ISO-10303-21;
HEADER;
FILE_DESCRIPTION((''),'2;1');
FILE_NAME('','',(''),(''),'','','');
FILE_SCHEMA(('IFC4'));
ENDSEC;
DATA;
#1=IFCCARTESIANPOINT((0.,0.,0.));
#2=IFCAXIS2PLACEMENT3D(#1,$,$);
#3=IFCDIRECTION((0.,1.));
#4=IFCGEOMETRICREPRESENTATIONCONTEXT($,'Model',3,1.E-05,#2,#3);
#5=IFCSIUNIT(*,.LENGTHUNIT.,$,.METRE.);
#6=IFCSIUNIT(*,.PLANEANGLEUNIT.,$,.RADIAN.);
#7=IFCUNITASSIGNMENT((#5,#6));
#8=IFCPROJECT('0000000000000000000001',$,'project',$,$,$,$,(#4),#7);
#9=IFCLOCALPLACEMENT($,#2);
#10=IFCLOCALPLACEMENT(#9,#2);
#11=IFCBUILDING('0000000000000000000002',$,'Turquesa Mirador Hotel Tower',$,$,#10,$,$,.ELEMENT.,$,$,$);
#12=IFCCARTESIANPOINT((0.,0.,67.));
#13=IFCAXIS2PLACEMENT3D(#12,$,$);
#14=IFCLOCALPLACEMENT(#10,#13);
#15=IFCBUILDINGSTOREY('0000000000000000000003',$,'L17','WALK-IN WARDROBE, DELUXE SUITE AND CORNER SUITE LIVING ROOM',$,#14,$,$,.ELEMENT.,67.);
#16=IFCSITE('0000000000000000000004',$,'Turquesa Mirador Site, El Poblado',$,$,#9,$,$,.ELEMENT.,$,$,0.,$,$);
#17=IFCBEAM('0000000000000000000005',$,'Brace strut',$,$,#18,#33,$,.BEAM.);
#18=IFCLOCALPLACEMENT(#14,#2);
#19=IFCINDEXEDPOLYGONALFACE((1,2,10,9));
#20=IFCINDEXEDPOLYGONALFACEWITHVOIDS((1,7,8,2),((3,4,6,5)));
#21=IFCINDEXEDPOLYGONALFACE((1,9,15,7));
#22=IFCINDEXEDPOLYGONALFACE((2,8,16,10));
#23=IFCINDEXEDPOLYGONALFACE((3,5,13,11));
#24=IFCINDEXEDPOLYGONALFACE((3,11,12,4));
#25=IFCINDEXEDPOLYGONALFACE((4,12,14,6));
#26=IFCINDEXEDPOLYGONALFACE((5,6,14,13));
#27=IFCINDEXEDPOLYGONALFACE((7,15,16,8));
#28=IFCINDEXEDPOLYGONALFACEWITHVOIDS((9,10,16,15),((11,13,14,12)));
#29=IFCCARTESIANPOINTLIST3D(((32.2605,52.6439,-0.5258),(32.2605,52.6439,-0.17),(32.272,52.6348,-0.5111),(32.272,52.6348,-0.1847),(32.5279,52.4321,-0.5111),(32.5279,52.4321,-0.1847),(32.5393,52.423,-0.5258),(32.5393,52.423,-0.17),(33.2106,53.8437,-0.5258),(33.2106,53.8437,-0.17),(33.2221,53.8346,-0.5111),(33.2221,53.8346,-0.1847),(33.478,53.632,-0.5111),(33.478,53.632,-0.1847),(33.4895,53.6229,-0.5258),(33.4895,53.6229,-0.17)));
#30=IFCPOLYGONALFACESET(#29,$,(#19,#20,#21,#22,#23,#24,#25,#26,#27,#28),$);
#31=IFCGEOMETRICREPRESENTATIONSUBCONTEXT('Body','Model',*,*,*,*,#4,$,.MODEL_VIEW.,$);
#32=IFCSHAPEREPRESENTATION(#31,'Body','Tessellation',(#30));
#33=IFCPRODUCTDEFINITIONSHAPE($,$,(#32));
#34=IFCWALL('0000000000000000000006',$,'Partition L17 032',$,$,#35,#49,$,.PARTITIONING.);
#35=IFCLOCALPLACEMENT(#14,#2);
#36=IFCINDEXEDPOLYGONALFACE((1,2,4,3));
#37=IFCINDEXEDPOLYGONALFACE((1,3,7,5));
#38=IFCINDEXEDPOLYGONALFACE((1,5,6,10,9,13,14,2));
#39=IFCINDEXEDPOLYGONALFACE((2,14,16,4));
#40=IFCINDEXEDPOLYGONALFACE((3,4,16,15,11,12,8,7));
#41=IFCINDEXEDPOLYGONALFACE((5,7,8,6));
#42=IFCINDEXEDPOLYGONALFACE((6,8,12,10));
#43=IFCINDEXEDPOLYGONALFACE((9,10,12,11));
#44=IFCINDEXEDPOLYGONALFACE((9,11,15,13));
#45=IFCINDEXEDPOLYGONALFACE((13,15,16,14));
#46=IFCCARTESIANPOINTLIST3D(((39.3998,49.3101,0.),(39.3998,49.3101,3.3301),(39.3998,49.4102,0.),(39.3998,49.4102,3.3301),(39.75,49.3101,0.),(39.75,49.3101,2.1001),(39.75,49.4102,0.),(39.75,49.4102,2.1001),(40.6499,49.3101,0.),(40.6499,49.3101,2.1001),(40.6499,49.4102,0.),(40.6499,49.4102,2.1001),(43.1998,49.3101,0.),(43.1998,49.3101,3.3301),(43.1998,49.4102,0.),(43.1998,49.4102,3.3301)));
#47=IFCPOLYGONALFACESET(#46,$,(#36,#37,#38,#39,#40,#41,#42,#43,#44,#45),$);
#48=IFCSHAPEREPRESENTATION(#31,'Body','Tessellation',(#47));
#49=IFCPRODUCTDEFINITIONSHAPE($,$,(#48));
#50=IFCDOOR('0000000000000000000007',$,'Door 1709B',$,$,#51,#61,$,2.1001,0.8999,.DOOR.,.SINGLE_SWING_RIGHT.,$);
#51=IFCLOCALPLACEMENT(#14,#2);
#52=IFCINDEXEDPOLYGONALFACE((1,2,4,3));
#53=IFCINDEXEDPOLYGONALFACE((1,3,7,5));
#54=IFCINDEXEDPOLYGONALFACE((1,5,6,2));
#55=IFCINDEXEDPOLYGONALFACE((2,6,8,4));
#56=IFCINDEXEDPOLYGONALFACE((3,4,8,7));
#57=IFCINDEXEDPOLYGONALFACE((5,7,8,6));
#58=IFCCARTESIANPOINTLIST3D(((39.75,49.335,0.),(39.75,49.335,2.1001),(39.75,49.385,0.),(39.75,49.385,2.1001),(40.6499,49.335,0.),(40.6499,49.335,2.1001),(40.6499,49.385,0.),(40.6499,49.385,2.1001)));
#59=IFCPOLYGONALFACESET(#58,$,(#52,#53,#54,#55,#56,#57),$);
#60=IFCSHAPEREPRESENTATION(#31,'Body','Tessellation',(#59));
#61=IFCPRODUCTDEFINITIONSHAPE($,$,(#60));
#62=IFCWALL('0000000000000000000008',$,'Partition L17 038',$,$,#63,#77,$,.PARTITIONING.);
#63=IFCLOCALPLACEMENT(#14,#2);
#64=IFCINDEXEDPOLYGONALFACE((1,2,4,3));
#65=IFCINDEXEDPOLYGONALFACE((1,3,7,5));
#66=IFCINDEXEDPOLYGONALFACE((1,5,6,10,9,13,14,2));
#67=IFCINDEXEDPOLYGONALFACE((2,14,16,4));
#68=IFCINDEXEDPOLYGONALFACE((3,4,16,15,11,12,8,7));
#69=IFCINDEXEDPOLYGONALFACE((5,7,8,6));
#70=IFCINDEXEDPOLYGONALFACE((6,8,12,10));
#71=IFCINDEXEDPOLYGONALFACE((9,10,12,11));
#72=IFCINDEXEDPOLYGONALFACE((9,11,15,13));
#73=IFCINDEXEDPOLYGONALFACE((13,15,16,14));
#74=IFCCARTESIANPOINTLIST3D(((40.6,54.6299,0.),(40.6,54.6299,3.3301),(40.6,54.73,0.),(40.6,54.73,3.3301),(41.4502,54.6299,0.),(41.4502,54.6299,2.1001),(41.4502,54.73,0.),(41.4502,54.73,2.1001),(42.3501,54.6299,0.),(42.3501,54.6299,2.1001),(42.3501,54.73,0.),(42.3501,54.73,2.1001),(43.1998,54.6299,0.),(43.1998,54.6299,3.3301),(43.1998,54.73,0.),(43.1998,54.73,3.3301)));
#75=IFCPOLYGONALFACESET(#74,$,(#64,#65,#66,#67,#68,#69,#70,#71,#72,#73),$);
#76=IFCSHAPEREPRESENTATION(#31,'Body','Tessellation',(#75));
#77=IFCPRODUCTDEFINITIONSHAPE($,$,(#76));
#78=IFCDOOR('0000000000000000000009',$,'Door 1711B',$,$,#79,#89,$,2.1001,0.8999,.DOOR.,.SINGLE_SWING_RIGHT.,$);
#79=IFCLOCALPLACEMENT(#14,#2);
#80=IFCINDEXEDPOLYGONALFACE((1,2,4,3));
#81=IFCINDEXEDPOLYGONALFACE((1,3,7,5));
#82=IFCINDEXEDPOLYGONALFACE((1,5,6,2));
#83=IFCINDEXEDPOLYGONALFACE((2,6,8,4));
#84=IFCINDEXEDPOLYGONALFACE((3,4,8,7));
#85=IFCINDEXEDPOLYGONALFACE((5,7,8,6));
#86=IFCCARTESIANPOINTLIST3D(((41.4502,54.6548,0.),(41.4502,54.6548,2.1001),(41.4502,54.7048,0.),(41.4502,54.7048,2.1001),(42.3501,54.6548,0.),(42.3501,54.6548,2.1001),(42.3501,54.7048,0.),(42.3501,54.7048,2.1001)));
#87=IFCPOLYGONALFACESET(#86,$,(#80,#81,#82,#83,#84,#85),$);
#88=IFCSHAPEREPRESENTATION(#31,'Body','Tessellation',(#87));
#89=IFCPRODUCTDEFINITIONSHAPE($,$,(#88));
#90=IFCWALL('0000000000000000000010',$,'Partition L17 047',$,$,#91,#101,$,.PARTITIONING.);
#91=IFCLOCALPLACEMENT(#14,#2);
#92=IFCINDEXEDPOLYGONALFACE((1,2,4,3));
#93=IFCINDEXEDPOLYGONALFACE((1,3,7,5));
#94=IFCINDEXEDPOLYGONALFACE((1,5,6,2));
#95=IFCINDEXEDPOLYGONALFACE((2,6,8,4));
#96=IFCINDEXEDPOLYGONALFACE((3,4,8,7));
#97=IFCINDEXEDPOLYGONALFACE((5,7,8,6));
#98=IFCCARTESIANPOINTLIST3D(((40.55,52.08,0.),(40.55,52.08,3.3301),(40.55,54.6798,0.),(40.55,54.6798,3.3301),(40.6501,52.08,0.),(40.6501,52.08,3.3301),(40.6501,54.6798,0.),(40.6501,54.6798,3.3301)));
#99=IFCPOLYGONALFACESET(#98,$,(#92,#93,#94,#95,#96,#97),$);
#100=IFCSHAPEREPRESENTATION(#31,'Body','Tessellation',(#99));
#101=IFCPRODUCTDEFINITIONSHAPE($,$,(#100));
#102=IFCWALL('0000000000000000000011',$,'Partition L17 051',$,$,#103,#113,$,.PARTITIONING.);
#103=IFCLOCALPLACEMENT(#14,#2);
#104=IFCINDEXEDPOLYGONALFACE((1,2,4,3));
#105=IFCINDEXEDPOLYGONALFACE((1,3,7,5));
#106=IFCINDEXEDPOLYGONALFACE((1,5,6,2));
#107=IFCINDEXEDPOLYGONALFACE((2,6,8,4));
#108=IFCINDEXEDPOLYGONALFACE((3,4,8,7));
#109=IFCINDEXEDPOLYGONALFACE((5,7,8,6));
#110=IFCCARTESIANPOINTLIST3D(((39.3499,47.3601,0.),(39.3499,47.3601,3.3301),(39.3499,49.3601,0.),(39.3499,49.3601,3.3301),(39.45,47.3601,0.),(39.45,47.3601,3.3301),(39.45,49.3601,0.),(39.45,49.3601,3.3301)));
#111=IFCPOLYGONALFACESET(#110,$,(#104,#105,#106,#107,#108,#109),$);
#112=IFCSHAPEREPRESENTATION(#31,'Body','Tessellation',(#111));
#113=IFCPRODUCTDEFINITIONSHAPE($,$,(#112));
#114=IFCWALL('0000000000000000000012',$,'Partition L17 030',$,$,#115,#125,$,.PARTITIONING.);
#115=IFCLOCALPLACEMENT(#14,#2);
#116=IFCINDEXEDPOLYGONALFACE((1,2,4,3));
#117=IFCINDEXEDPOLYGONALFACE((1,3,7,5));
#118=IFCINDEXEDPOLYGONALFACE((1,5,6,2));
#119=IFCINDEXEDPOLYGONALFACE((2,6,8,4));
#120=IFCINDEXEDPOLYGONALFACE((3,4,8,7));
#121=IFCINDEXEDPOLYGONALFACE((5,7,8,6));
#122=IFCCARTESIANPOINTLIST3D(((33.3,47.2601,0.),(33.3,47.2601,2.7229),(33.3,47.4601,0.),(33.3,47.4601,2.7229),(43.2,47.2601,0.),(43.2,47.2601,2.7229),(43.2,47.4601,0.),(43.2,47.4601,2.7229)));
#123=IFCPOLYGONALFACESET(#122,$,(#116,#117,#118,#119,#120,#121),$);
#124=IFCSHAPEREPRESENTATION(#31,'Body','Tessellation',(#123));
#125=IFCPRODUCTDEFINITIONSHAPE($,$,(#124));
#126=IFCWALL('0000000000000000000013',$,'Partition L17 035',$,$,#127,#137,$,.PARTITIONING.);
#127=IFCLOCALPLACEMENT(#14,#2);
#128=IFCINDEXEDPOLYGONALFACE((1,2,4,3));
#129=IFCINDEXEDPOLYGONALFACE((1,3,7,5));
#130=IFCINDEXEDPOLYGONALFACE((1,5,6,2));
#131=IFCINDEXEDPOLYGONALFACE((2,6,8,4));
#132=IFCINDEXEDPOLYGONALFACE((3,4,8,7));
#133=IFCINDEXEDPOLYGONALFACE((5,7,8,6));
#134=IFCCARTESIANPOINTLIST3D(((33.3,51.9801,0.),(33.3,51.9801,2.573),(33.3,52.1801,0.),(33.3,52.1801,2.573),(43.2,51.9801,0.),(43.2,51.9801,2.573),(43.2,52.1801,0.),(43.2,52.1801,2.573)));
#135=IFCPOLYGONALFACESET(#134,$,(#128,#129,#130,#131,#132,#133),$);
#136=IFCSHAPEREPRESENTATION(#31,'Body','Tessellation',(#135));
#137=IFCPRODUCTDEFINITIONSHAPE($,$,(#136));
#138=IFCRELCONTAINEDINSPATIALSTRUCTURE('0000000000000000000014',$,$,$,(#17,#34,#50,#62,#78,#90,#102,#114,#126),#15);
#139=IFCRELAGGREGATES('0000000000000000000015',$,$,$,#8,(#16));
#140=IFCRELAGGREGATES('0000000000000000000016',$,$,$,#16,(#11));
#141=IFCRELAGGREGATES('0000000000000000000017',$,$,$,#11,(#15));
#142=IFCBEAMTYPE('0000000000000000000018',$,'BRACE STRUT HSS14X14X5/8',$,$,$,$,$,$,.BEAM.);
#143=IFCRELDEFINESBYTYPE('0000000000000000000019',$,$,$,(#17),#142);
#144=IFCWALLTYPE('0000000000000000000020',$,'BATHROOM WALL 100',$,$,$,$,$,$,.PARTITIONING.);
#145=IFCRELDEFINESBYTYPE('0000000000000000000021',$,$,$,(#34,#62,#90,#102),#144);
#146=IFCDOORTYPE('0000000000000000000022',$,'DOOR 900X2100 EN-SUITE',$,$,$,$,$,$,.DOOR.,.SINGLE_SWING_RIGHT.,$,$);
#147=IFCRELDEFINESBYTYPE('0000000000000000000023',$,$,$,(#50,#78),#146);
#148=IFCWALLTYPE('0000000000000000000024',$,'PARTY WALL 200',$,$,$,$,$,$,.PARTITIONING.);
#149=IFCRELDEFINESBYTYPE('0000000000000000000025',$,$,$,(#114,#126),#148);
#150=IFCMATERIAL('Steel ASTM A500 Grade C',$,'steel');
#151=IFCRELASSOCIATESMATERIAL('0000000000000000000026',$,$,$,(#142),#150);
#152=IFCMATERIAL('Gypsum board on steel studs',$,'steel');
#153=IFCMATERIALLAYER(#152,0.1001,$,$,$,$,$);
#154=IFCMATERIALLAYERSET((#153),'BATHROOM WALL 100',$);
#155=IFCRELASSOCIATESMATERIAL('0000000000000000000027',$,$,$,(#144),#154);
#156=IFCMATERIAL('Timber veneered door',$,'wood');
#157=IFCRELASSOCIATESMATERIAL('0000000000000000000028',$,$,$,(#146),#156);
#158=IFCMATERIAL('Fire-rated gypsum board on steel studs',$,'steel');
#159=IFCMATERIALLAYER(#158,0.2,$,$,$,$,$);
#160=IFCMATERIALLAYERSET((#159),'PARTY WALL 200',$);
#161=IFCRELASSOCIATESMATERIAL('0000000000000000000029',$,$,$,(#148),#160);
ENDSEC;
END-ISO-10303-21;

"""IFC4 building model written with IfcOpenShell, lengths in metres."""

from ifc_helpers import new_model, si_unit, direction, frame, frame_2d, origin, origin_2d, place, context, subcontext, project, spatial, rectangle, hollow_rectangle, extrude, material, layer, layer_set, material_profile, profile_set, type_object, element, fill, save


model = new_model("IFC4")

# Units and contexts
model_context = context("Model", 3, precision=1e-05, world=origin(), true_north=direction((0.0, 1.0)))
body_context = subcontext(model_context, "Body", "Model", "MODEL_VIEW")
ifc_project = project(units=[si_unit("LENGTHUNIT", "METRE"), si_unit("PLANEANGLEUNIT", "RADIAN")], contexts=[model_context])

# Site, building, storey
site_placement = place(None, origin())
site = spatial("IfcSite", under=ifc_project, at=site_placement, Name="Turquesa Mirador Site, El Poblado", CompositionType="ELEMENT", RefElevation=0.0)
building_placement = place(site_placement, origin())
building = spatial("IfcBuilding", under=site, at=building_placement, Name="Turquesa Mirador Hotel Tower", CompositionType="ELEMENT")
storey_placement = place(building_placement, frame((0.0, 0.0, 67.0)))
storey = spatial("IfcBuildingStorey", under=building, at=storey_placement, Name="L17", Description="WALK-IN WARDROBE, DELUXE SUITE AND CORNER SUITE LIVING ROOM", CompositionType="ELEMENT", Elevation=67.0)

# Beam
ifc_material_1 = material(Name="Steel ASTM A500 Grade C", Category="steel")
ifc_material_profile_1 = material_profile(ifc_material_1, hollow_rectangle(XDim=0.3557, YDim=0.3557, WallThickness=0.0146, at=origin_2d()), Name="HSS14X14X5/8")
ifc_profile_set_1 = profile_set([ifc_material_profile_1], Name="Steel ASTM A500 Grade C")
beam_type_1 = type_object("IfcBeamType", Name="BRACE STRUT HSS14X14X5/8", PredefinedType="BEAM", material=ifc_profile_set_1)
beam_1_placement = place(storey_placement, frame((32.3999, 52.5334, -0.3479), z_axis=(0.620797, 0.783971, 0.0), x_axis=(-0.783971, 0.620797, 0.0)))
element("IfcBeam", 1, at=beam_1_placement, inside=storey, type_object=beam_type_1, Name="Brace strut", PredefinedType="BEAM", context=body_context, shape_type="SweptSolid", body=[
    extrude(hollow_rectangle(XDim=0.3557, YDim=0.3557, WallThickness=0.0146, at=origin_2d()), origin(), (0.0, 0.0, 1.0), 1.5305),
])

# Walls, openings, doors
ifc_material_2 = material(Name="Gypsum board on steel studs", Category="steel")
ifc_layer_1 = layer(ifc_material_2, 0.1001)
ifc_layer_set_1 = layer_set([ifc_layer_1], Name="BATHROOM WALL 100")
wall_type_1 = type_object("IfcWallType", Name="BATHROOM WALL 100", PredefinedType="PARTITIONING", material=ifc_layer_set_1)
wall_1_placement = place(storey_placement, frame((39.3999, 49.3601, 0.0), z_axis=(0.0, 0.0, 1.0), x_axis=(1.0, 0.0, 0.0)))
wall_1 = element("IfcWall", 2, at=wall_1_placement, inside=storey, type_object=wall_type_1, Name="Partition L17 032", PredefinedType="PARTITIONING", context=body_context, shape_type="SweptSolid", body=[
    extrude(rectangle(XDim=3.8, YDim=0.1001, at=frame_2d((1.8999, 0.0))), origin(), (0.0, 0.0, 1.0), 3.3301),
])
opening_1_placement = place(wall_1_placement, frame((0.3501, 0.0, 0.0)))
opening_1 = element("IfcOpeningElement", 3, at=opening_1_placement, cuts=wall_1, PredefinedType="OPENING", context=body_context, shape_type="SweptSolid", body=[
    extrude(rectangle(XDim=0.8999, YDim=2.1001, at=frame_2d((0.45, 1.05))), frame((0.0, 0.0601, 0.0), z_axis=(0.0, -1.0, 0.0), x_axis=(1.0, 0.0, 0.0)), (0.0, 0.0, 1.0), 0.1201),
])
ifc_material_3 = material(Name="Timber veneered door", Category="wood")
door_type = type_object("IfcDoorType", Name="DOOR 900X2100 EN-SUITE", OperationType="SINGLE_SWING_RIGHT", PredefinedType="DOOR", material=ifc_material_3)
door_1_placement = place(opening_1_placement, origin())
door_1 = element("IfcDoor", 4, at=door_1_placement, inside=storey, type_object=door_type, Name="Door 1709B", OperationType="SINGLE_SWING_RIGHT", OverallHeight=2.1001, OverallWidth=0.8999, PredefinedType="DOOR", context=body_context, shape_type="SweptSolid", body=[
    extrude(rectangle(XDim=0.8999, YDim=2.1001, at=frame_2d((0.45, 1.05))), frame((0.0, 0.0249, 0.0), z_axis=(0.0, -1.0, 0.0), x_axis=(1.0, 0.0, 0.0)), (0.0, 0.0, 1.0), 0.05),
])
fill(opening_1, door_1)
wall_2_placement = place(storey_placement, frame((40.6001, 54.6799, 0.0), z_axis=(0.0, 0.0, 1.0), x_axis=(1.0, 0.0, 0.0)))
wall_2 = element("IfcWall", 5, at=wall_2_placement, inside=storey, type_object=wall_type_1, Name="Partition L17 038", PredefinedType="PARTITIONING", context=body_context, shape_type="SweptSolid", body=[
    extrude(rectangle(XDim=2.5999, YDim=0.1001, at=frame_2d((1.2998, 0.0))), origin(), (0.0, 0.0, 1.0), 3.3301),
])
opening_2_placement = place(wall_2_placement, frame((0.8501, 0.0, 0.0)))
opening_2 = element("IfcOpeningElement", 6, at=opening_2_placement, cuts=wall_2, PredefinedType="OPENING", context=body_context, shape_type="SweptSolid", body=[
    extrude(rectangle(XDim=0.8999, YDim=2.1001, at=frame_2d((0.45, 1.05))), frame((0.0, 0.0601, 0.0), z_axis=(0.0, -1.0, 0.0), x_axis=(1.0, 0.0, 0.0)), (0.0, 0.0, 1.0), 0.1201),
])
door_2_placement = place(opening_2_placement, origin())
door_2 = element("IfcDoor", 7, at=door_2_placement, inside=storey, type_object=door_type, Name="Door 1711B", OperationType="SINGLE_SWING_RIGHT", OverallHeight=2.1001, OverallWidth=0.8999, PredefinedType="DOOR", context=body_context, shape_type="SweptSolid", body=[
    extrude(rectangle(XDim=0.8999, YDim=2.1001, at=frame_2d((0.45, 1.05))), frame((0.0, 0.0249, 0.0), z_axis=(0.0, -1.0, 0.0), x_axis=(1.0, 0.0, 0.0)), (0.0, 0.0, 1.0), 0.05),
])
fill(opening_2, door_2)

# Walls
wall_3_placement = place(storey_placement, frame((40.6001, 52.0801, 0.0), z_axis=(0.0, 0.0, 1.0), x_axis=(0.0, 1.0, 0.0)))
element("IfcWall", 8, at=wall_3_placement, inside=storey, type_object=wall_type_1, Name="Partition L17 047", PredefinedType="PARTITIONING", context=body_context, shape_type="SweptSolid", body=[
    extrude(rectangle(XDim=2.5999, YDim=0.1001, at=frame_2d((1.2998, 0.0))), origin(), (0.0, 0.0, 1.0), 3.3301),
])
wall_4_placement = place(storey_placement, frame((39.3999, 47.3601, 0.0), z_axis=(0.0, 0.0, 1.0), x_axis=(0.0, 1.0, 0.0)))
element("IfcWall", 9, at=wall_4_placement, inside=storey, type_object=wall_type_1, Name="Partition L17 051", PredefinedType="PARTITIONING", context=body_context, shape_type="SweptSolid", body=[
    extrude(rectangle(XDim=2.0, YDim=0.1001, at=frame_2d((1.0, 0.0))), origin(), (0.0, 0.0, 1.0), 3.3301),
])
ifc_material_4 = material(Name="Fire-rated gypsum board on steel studs", Category="steel")
ifc_layer_2 = layer(ifc_material_4, 0.2)
ifc_layer_set_2 = layer_set([ifc_layer_2], Name="PARTY WALL 200")
wall_type_2 = type_object("IfcWallType", Name="PARTY WALL 200", PredefinedType="PARTITIONING", material=ifc_layer_set_2)
wall_5_placement = place(storey_placement, frame((33.3, 47.3601, 0.0), z_axis=(0.0, 0.0, 1.0), x_axis=(1.0, 0.0, 0.0)))
element("IfcWall", 10, at=wall_5_placement, inside=storey, type_object=wall_type_2, Name="Partition L17 030", PredefinedType="PARTITIONING", context=body_context, shape_type="SweptSolid", body=[
    extrude(rectangle(XDim=9.8999, YDim=0.2, at=frame_2d((4.95, 0.0))), origin(), (0.0, 0.0, 1.0), 2.7229),
])
wall_6_placement = place(storey_placement, frame((33.3, 52.0801, 0.0), z_axis=(0.0, 0.0, 1.0), x_axis=(1.0, 0.0, 0.0)))
element("IfcWall", 11, at=wall_6_placement, inside=storey, type_object=wall_type_2, Name="Partition L17 035", PredefinedType="PARTITIONING", context=body_context, shape_type="SweptSolid", body=[
    extrude(rectangle(XDim=9.8999, YDim=0.2, at=frame_2d((4.95, 0.0))), origin(), (0.0, 0.0, 1.0), 2.573),
])

save(model, "model.ifc")
